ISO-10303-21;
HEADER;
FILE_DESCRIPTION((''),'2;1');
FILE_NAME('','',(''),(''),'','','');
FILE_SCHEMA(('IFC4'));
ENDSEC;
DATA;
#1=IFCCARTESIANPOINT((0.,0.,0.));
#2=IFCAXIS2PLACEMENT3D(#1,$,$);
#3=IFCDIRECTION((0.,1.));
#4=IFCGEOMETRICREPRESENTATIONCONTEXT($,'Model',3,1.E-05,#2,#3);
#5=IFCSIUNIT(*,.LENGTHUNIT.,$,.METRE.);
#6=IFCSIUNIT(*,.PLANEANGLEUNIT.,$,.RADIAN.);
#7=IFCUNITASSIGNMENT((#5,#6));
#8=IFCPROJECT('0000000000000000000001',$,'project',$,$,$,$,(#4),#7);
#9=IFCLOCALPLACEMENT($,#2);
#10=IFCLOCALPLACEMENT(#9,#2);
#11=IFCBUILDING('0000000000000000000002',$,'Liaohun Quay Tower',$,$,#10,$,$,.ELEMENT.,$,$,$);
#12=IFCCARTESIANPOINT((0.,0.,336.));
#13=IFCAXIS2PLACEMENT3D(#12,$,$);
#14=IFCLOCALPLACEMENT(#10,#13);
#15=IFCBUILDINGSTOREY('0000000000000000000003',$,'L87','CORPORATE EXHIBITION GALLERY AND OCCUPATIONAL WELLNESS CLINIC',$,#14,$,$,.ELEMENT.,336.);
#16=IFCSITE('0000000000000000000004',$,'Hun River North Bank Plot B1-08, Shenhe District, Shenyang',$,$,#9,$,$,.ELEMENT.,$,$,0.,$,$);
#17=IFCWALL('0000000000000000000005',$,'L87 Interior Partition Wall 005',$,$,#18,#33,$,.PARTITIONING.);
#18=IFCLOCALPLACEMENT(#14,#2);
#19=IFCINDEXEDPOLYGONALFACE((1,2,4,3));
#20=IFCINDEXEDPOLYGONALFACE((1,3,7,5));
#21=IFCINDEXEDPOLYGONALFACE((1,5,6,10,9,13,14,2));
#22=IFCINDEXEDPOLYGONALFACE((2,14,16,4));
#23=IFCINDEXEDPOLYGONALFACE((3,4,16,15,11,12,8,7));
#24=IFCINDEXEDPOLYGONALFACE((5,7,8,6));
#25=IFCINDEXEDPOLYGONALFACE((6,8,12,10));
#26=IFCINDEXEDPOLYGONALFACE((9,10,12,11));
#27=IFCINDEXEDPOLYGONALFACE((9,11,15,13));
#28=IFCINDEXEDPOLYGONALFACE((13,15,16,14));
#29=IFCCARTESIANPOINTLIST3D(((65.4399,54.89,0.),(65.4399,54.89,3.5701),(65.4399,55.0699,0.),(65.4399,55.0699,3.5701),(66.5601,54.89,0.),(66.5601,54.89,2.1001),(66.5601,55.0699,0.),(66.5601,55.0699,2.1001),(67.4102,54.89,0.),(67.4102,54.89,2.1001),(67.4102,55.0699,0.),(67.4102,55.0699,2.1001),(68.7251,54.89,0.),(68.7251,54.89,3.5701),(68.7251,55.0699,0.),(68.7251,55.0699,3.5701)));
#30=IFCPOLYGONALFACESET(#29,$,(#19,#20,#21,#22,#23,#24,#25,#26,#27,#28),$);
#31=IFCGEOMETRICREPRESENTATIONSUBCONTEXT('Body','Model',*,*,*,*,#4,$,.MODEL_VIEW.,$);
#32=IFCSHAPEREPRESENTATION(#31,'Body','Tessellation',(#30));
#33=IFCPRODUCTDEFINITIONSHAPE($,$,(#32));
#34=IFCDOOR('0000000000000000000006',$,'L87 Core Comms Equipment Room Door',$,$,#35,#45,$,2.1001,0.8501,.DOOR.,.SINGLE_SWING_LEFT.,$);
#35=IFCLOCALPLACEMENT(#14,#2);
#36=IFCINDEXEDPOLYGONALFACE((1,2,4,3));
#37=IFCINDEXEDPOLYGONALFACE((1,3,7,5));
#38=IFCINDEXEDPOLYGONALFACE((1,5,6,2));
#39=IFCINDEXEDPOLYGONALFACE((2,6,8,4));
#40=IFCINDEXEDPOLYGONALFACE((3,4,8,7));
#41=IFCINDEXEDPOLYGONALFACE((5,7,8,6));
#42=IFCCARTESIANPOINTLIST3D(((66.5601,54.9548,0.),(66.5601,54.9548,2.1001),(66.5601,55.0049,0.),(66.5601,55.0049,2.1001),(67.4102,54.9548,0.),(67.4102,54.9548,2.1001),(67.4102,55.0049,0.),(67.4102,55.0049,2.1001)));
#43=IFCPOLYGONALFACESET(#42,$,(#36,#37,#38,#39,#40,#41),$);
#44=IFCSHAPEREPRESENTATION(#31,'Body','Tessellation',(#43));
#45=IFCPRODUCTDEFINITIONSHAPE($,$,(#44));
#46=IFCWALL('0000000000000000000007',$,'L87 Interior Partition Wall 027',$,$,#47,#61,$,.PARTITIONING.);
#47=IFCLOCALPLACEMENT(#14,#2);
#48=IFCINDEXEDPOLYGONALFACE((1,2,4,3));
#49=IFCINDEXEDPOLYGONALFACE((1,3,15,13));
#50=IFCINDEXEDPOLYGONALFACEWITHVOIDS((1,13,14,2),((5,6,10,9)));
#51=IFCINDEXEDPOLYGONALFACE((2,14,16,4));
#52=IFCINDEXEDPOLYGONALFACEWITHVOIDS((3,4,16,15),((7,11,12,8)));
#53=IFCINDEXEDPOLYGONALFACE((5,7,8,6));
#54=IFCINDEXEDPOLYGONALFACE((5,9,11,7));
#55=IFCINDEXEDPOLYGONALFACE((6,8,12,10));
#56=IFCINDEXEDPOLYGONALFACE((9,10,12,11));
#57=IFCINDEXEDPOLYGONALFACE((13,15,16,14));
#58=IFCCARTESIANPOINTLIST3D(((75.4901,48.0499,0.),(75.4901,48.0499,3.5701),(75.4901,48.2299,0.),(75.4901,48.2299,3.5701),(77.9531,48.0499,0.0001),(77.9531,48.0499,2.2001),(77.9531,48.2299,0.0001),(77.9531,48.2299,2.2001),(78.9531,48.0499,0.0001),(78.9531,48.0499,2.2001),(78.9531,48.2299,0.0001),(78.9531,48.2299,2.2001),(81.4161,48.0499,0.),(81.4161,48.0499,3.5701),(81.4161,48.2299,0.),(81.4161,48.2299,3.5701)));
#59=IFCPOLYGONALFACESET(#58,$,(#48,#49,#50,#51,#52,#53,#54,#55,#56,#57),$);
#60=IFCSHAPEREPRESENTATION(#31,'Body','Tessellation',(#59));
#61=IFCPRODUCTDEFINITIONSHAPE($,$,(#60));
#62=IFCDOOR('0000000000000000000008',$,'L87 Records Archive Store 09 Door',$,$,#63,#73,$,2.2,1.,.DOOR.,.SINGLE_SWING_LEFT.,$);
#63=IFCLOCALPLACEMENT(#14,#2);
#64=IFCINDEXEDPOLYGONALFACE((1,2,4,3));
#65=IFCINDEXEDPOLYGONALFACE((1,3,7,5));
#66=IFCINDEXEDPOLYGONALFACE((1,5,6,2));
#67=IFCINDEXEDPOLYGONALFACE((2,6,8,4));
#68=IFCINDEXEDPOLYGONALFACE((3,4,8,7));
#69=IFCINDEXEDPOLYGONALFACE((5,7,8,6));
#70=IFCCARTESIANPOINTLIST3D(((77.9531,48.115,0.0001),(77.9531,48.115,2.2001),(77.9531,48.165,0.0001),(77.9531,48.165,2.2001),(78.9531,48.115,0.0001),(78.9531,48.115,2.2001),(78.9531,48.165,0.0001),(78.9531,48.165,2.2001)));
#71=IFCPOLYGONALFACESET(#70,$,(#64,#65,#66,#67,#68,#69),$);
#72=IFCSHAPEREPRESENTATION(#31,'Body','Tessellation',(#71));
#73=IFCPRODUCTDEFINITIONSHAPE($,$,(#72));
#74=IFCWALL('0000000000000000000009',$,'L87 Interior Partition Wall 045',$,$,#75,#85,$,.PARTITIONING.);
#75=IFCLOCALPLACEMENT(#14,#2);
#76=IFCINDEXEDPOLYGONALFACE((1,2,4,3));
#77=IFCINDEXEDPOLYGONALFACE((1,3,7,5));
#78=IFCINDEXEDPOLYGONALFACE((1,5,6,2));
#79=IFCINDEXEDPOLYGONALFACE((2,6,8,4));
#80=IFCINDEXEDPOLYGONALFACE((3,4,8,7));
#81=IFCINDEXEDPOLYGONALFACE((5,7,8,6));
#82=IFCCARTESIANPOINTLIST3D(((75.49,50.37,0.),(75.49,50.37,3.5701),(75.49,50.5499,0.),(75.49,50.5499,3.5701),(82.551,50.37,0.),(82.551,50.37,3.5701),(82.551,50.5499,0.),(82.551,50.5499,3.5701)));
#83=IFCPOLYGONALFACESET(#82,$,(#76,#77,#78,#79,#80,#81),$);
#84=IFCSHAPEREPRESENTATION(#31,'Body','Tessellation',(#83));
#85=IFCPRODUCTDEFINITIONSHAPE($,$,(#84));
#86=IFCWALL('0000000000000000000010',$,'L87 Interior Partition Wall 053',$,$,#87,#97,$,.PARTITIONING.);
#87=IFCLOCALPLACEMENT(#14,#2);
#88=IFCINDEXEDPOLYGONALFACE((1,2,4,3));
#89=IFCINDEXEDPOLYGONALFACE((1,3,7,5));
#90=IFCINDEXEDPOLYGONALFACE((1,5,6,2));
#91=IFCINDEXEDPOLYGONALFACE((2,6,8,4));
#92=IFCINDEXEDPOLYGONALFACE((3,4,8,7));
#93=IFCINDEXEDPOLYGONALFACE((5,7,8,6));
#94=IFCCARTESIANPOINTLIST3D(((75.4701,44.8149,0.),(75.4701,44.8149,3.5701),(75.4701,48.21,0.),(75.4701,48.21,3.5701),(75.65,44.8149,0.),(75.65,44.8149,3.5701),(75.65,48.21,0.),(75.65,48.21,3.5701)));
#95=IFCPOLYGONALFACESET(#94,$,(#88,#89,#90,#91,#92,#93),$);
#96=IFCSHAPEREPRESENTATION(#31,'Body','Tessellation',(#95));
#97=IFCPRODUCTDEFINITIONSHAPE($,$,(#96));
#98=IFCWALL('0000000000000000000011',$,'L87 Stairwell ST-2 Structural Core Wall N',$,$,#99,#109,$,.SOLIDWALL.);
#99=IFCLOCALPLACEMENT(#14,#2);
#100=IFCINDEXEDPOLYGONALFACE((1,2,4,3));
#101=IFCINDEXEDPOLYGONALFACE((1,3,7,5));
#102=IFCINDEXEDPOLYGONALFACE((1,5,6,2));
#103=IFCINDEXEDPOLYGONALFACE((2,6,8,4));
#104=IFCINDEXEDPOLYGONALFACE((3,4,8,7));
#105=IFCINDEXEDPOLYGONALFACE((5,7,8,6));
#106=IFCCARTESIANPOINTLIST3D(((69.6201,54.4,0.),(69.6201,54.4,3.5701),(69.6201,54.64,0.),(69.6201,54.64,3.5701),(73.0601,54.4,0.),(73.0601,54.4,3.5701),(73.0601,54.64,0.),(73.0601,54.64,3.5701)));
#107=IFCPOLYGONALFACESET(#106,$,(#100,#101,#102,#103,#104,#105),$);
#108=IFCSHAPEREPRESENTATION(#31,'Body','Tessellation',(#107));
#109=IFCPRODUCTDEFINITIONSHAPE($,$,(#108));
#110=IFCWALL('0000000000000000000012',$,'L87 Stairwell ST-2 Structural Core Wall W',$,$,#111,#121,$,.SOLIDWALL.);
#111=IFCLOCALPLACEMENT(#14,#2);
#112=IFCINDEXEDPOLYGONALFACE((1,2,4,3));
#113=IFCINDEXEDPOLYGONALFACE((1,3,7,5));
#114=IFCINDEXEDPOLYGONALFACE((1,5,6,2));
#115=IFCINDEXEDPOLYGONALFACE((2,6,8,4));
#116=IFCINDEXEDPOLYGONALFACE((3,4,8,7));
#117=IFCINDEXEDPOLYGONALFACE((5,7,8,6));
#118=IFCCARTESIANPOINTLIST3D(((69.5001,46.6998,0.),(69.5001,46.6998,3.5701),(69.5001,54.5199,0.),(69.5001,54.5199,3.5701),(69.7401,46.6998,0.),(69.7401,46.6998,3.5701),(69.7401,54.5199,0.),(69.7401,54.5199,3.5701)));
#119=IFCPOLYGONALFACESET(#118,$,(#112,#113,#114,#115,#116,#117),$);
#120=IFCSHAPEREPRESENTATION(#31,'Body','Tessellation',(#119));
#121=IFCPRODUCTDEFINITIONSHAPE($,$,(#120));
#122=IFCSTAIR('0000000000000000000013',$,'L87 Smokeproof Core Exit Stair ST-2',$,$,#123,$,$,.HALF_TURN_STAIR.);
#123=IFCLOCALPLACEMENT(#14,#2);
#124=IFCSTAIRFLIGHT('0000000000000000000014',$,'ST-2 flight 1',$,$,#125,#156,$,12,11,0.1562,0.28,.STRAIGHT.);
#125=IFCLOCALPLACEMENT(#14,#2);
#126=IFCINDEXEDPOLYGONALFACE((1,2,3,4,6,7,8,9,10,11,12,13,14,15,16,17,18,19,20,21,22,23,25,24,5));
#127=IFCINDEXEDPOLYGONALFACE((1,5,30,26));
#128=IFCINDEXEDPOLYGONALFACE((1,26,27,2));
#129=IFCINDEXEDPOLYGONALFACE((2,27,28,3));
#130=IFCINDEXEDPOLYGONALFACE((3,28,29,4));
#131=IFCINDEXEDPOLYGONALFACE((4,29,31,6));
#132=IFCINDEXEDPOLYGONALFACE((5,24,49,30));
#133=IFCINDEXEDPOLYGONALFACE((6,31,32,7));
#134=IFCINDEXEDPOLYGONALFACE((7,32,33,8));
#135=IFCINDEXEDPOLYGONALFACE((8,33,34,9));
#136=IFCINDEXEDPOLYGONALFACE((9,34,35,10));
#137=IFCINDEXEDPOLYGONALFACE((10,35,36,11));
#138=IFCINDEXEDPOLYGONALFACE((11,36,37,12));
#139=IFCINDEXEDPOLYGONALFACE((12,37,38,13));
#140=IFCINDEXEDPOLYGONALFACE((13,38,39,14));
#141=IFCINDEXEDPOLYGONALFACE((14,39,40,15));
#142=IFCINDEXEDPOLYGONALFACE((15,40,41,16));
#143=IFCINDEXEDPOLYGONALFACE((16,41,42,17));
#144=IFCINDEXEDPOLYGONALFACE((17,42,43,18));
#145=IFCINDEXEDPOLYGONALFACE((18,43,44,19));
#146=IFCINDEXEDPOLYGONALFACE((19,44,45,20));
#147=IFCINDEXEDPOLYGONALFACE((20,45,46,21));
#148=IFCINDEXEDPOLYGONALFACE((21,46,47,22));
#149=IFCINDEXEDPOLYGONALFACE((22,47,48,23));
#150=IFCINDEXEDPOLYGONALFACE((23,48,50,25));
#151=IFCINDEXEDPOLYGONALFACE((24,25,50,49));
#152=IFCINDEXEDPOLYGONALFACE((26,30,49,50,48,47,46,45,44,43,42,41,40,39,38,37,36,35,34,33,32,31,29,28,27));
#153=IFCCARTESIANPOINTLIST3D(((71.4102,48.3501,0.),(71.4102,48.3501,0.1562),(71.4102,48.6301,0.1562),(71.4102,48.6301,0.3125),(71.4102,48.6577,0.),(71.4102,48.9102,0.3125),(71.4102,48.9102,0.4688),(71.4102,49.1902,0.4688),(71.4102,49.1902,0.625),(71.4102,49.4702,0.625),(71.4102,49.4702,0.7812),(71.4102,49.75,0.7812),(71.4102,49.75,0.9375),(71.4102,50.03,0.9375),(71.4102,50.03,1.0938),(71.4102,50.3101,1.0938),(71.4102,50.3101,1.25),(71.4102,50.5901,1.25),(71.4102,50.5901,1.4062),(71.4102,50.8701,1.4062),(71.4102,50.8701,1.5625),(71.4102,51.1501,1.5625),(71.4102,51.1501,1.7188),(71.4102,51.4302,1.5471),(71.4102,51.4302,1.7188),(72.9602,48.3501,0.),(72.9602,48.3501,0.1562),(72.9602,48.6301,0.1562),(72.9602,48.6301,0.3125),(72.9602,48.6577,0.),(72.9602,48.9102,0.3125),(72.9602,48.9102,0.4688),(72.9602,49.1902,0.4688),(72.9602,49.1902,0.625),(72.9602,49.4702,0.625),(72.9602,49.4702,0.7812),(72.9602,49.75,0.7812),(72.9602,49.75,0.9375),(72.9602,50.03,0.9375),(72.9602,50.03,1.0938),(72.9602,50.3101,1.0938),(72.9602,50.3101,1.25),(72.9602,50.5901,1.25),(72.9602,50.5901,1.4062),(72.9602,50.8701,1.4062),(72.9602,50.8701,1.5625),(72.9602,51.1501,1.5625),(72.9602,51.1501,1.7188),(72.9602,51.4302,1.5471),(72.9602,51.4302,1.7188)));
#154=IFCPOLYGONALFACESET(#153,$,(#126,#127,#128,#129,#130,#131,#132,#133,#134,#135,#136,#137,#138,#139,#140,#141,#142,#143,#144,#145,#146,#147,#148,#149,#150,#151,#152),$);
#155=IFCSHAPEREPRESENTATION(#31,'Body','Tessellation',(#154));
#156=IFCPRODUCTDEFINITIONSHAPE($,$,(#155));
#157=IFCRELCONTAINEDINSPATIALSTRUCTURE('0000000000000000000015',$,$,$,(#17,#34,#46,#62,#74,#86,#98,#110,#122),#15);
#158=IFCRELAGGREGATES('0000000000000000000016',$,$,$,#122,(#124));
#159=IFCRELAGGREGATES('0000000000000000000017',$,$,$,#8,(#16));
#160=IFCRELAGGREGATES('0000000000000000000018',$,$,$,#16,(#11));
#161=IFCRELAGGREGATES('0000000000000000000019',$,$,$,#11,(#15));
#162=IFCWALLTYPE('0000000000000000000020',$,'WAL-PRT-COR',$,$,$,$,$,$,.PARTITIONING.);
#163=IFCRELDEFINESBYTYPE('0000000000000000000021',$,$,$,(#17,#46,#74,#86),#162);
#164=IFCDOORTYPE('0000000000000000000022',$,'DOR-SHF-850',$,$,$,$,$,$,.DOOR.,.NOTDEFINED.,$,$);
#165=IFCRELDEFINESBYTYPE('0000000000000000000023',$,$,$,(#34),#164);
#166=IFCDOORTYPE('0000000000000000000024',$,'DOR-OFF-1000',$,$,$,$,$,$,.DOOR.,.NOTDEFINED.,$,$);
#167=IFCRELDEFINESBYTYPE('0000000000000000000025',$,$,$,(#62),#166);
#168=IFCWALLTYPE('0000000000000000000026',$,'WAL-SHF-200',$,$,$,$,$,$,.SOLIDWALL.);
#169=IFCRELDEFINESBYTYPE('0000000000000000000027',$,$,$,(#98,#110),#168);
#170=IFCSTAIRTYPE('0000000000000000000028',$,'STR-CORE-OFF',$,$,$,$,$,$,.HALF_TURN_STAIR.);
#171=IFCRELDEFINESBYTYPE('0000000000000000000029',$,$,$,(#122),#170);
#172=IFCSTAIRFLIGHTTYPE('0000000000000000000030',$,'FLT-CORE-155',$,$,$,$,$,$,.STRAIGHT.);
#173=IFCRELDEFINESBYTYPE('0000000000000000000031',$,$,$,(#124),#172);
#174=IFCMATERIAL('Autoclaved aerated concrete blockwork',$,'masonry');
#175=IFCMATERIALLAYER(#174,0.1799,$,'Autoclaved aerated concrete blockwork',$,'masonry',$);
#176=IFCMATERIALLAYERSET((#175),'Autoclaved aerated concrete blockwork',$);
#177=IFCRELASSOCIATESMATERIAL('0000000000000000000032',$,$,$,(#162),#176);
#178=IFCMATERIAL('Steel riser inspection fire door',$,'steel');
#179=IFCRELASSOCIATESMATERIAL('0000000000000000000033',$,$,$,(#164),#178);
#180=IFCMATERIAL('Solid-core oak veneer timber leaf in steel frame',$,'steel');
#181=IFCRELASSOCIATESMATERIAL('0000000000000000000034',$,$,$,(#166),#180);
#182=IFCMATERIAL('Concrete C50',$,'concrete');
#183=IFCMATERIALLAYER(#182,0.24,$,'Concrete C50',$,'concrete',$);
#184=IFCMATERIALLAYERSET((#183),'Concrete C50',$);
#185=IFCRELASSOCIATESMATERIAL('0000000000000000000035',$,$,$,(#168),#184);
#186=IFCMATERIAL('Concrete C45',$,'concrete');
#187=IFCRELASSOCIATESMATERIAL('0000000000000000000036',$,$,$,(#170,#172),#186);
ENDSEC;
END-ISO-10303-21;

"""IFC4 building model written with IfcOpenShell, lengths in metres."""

from ifc_helpers import new_model, si_unit, direction, frame, frame_2d, origin, place, context, subcontext, project, spatial, polyline, rectangle, outline, extrude, source, transform, mapped, material, layer, layer_set, type_object, element, fill, aggregate, save


model = new_model("IFC4")

# Units and contexts
model_context = context("Model", 3, precision=1e-05, world=origin(), true_north=direction((0.0, 1.0)))
body_context = subcontext(model_context, "Body", "Model", "MODEL_VIEW")
ifc_project = project(units=[si_unit("LENGTHUNIT", "METRE"), si_unit("PLANEANGLEUNIT", "RADIAN")], contexts=[model_context])

# Site, building, storey
site_placement = place(None, origin())
site = spatial("IfcSite", under=ifc_project, at=site_placement, Name="Hun River North Bank Plot B1-08, Shenhe District, Shenyang", CompositionType="ELEMENT", RefElevation=0.0)
building_placement = place(site_placement, origin())
building = spatial("IfcBuilding", under=site, at=building_placement, Name="Liaohun Quay Tower", CompositionType="ELEMENT")
storey_placement = place(building_placement, frame((0.0, 0.0, 336.0)))
storey = spatial("IfcBuildingStorey", under=building, at=storey_placement, Name="L87", Description="CORPORATE EXHIBITION GALLERY AND OCCUPATIONAL WELLNESS CLINIC", CompositionType="ELEMENT", Elevation=336.0)

# Walls, openings, doors
ifc_material_1 = material(Name="Autoclaved aerated concrete blockwork", Category="masonry")
ifc_layer_1 = layer(ifc_material_1, 0.1799, Name="Autoclaved aerated concrete blockwork", Category="masonry")
ifc_layer_set_1 = layer_set([ifc_layer_1], Name="Autoclaved aerated concrete blockwork")
wall_type_1 = type_object("IfcWallType", Name="WAL-PRT-COR", PredefinedType="PARTITIONING", material=ifc_layer_set_1)
wall_1_placement = place(storey_placement, frame((65.4399, 54.98, 0.0), z_axis=(0.0, 0.0, 1.0), x_axis=(1.0, 0.0, 0.0)))
wall_1 = element("IfcWall", 1, at=wall_1_placement, inside=storey, type_object=wall_type_1, Name="L87 Interior Partition Wall 005", PredefinedType="PARTITIONING", context=body_context, shape_type="SweptSolid", body=[
    extrude(rectangle(XDim=3.2852, YDim=0.1799, at=frame_2d((1.6426, 0.0))), origin(), (0.0, 0.0, 1.0), 3.5701),
])
shared_shape_1 = source(origin(), body_context, "Body", "SweptSolid", [
    extrude(rectangle(XDim=0.8501, YDim=2.1001, at=frame_2d((0.425, 1.05))), frame((0.0, 0.0999, 0.0), z_axis=(0.0, -1.0, 0.0), x_axis=(1.0, 0.0, 0.0)), (0.0, 0.0, 1.0), 0.2),
])
opening_1_placement = place(wall_1_placement, frame((1.1201, 0.0, 0.0)))
opening_1 = element("IfcOpeningElement", 2, at=opening_1_placement, cuts=wall_1, PredefinedType="OPENING", context=body_context, shape_type="MappedRepresentation", body=[
    mapped(shared_shape_1, transform((0.0, 0.0, 0.0), x_axis=(1.0, 0.0, 0.0), y_axis=(0.0, 1.0, 0.0), z_axis=(0.0, 0.0, 1.0), scale=1.0)),
])
ifc_material_2 = material(Name="Steel riser inspection fire door", Category="steel")
door_type_1 = type_object("IfcDoorType", Name="DOR-SHF-850", OperationType="NOTDEFINED", PredefinedType="DOOR", material=ifc_material_2)
shared_shape_2 = source(origin(), body_context, "Body", "SweptSolid", [
    extrude(rectangle(XDim=0.8501, YDim=2.1001, at=frame_2d((0.425, 1.05))), frame((0.0, 0.0249, 0.0), z_axis=(0.0, -1.0, 0.0), x_axis=(1.0, 0.0, 0.0)), (0.0, 0.0, 1.0), 0.05),
])
door_1_placement = place(opening_1_placement, origin())
door_1 = element("IfcDoor", 3, at=door_1_placement, inside=storey, type_object=door_type_1, Name="L87 Core Comms Equipment Room Door", OperationType="SINGLE_SWING_LEFT", OverallHeight=2.1001, OverallWidth=0.8501, PredefinedType="DOOR", context=body_context, shape_type="MappedRepresentation", body=[
    mapped(shared_shape_2, transform((0.0, 0.0, 0.0), x_axis=(1.0, 0.0, 0.0), y_axis=(0.0, 1.0, 0.0), z_axis=(0.0, 0.0, 1.0), scale=1.0)),
])
fill(opening_1, door_1)
wall_2_placement = place(storey_placement, frame((81.416, 48.1399, 0.0), z_axis=(0.0, 0.0, 1.0), x_axis=(-1.0, 0.0, 0.0)))
wall_2 = element("IfcWall", 4, at=wall_2_placement, inside=storey, type_object=wall_type_1, Name="L87 Interior Partition Wall 027", PredefinedType="PARTITIONING", context=body_context, shape_type="SweptSolid", body=[
    extrude(rectangle(XDim=5.926, YDim=0.1799, at=frame_2d((2.9629, 0.0))), origin(), (0.0, 0.0, 1.0), 3.5701),
])
shared_shape_3 = source(origin(), body_context, "Body", "SweptSolid", [
    extrude(rectangle(XDim=1.0, YDim=2.2, at=frame_2d((0.5, 1.1001))), frame((0.0, 0.0999, 0.0), z_axis=(0.0, -1.0, 0.0), x_axis=(1.0, 0.0, 0.0)), (0.0, 0.0, 1.0), 0.2),
])
opening_2_placement = place(wall_2_placement, frame((2.4629, 0.0, 0.0)))
opening_2 = element("IfcOpeningElement", 5, at=opening_2_placement, cuts=wall_2, PredefinedType="OPENING", context=body_context, shape_type="MappedRepresentation", body=[
    mapped(shared_shape_3, transform((0.0, 0.0, 0.0), x_axis=(1.0, 0.0, 0.0), y_axis=(0.0, 1.0, 0.0), z_axis=(0.0, 0.0, 1.0), scale=1.0)),
])
ifc_material_3 = material(Name="Solid-core oak veneer timber leaf in steel frame", Category="steel")
door_type_2 = type_object("IfcDoorType", Name="DOR-OFF-1000", OperationType="NOTDEFINED", PredefinedType="DOOR", material=ifc_material_3)
shared_shape_4 = source(origin(), body_context, "Body", "SweptSolid", [
    extrude(rectangle(XDim=1.0, YDim=2.2, at=frame_2d((0.5, 1.1001))), frame((0.0, 0.0249, 0.0), z_axis=(0.0, -1.0, 0.0), x_axis=(1.0, 0.0, 0.0)), (0.0, 0.0, 1.0), 0.05),
])
door_2_placement = place(opening_2_placement, origin())
door_2 = element("IfcDoor", 6, at=door_2_placement, inside=storey, type_object=door_type_2, Name="L87 Records Archive Store 09 Door", OperationType="SINGLE_SWING_LEFT", OverallHeight=2.2, OverallWidth=1.0, PredefinedType="DOOR", context=body_context, shape_type="MappedRepresentation", body=[
    mapped(shared_shape_4, transform((0.0, 0.0, 0.0), x_axis=(1.0, 0.0, 0.0), y_axis=(0.0, 1.0, 0.0), z_axis=(0.0, 0.0, 1.0), scale=1.0)),
])
fill(opening_2, door_2)

# Walls
wall_3_placement = place(storey_placement, frame((75.49, 50.46, 0.0), z_axis=(0.0, 0.0, 1.0), x_axis=(1.0, 0.0, 0.0)))
element("IfcWall", 7, at=wall_3_placement, inside=storey, type_object=wall_type_1, Name="L87 Interior Partition Wall 045", PredefinedType="PARTITIONING", context=body_context, shape_type="SweptSolid", body=[
    extrude(rectangle(XDim=7.061, YDim=0.1799, at=frame_2d((3.5305, 0.0))), origin(), (0.0, 0.0, 1.0), 3.5701),
])
wall_4_placement = place(storey_placement, frame((75.5601, 48.21, 0.0), z_axis=(0.0, 0.0, 1.0), x_axis=(0.0, -1.0, 0.0)))
element("IfcWall", 8, at=wall_4_placement, inside=storey, type_object=wall_type_1, Name="L87 Interior Partition Wall 053", PredefinedType="PARTITIONING", context=body_context, shape_type="SweptSolid", body=[
    extrude(rectangle(XDim=3.395, YDim=0.1799, at=frame_2d((1.6975, 0.0))), origin(), (0.0, 0.0, 1.0), 3.5701),
])
ifc_material_4 = material(Name="Concrete C50", Category="concrete")
ifc_layer_2 = layer(ifc_material_4, 0.24, Name="Concrete C50", Category="concrete")
ifc_layer_set_2 = layer_set([ifc_layer_2], Name="Concrete C50")
wall_type_2 = type_object("IfcWallType", Name="WAL-SHF-200", PredefinedType="SOLIDWALL", material=ifc_layer_set_2)
wall_5_placement = place(storey_placement, frame((73.0601, 54.52, 0.0), z_axis=(0.0, 0.0, 1.0), x_axis=(-1.0, 0.0, 0.0)))
element("IfcWall", 9, at=wall_5_placement, inside=storey, type_object=wall_type_2, Name="L87 Stairwell ST-2 Structural Core Wall N", PredefinedType="SOLIDWALL", context=body_context, shape_type="SweptSolid", body=[
    extrude(rectangle(XDim=3.4399, YDim=0.24, at=frame_2d((1.72, 0.0))), origin(), (0.0, 0.0, 1.0), 3.5701),
])
wall_6_placement = place(storey_placement, frame((69.6201, 54.52, 0.0), z_axis=(0.0, 0.0, 1.0), x_axis=(0.0, -1.0, 0.0)))
element("IfcWall", 10, at=wall_6_placement, inside=storey, type_object=wall_type_2, Name="L87 Stairwell ST-2 Structural Core Wall W", PredefinedType="SOLIDWALL", context=body_context, shape_type="SweptSolid", body=[
    extrude(rectangle(XDim=7.8201, YDim=0.24, at=frame_2d((3.9102, 0.0))), origin(), (0.0, 0.0, 1.0), 3.5701),
])

# Stair, stair flight
ifc_material_5 = material(Name="Concrete C45", Category="concrete")
stair_type = type_object("IfcStairType", Name="STR-CORE-OFF", PredefinedType="HALF_TURN_STAIR", material=ifc_material_5)
stair_placement = place(storey_placement, origin())
stair = element("IfcStair", 11, at=stair_placement, inside=storey, type_object=stair_type, Name="L87 Smokeproof Core Exit Stair ST-2", PredefinedType="HALF_TURN_STAIR")
stair_flight_type = type_object("IfcStairFlightType", Name="FLT-CORE-155", PredefinedType="STRAIGHT", material=ifc_material_5)
stair_flight_1_placement = place(storey_placement, frame((72.1851, 48.3501, 0.0), z_axis=(0.0, 0.0, 1.0), x_axis=(0.0, 1.0, 0.0)))
stair_flight_1 = element("IfcStairFlight", 12, at=stair_flight_1_placement, type_object=stair_flight_type, Name="ST-2 flight 1", NumberOfRisers=12, NumberOfTreads=11, PredefinedType="STRAIGHT", RiserHeight=0.1562, TreadLength=0.28, context=body_context, shape_type="SweptSolid", body=[
    extrude(outline(polyline([(0.0, 0.0), (0.0, 0.1562), (0.28, 0.1562), (0.28, 0.3125), (0.5601, 0.3125), (0.5601, 0.4688), (0.8401, 0.4688), (0.8401, 0.625), (1.1201, 0.625), (1.1201, 0.7812), (1.3999, 0.7812), (1.3999, 0.9375), (1.6799, 0.9375), (1.6799, 1.0938), (1.96, 1.0938), (1.96, 1.25), (2.24, 1.25), (2.24, 1.4062), (2.52, 1.4062), (2.52, 1.5625), (2.8, 1.5625), (2.8, 1.7188), (3.0801, 1.7188), (3.0801, 1.875), (3.0801, 1.5471), (0.3076, 0.0), (0.0, 0.0)])), frame((0.0, 0.7749, 0.0), z_axis=(0.0, -1.0, 0.0), x_axis=(1.0, 0.0, 0.0)), (0.0, 0.0, 1.0), 1.55),
])
aggregate(stair, [stair_flight_1])

save(model, "model.ifc")
